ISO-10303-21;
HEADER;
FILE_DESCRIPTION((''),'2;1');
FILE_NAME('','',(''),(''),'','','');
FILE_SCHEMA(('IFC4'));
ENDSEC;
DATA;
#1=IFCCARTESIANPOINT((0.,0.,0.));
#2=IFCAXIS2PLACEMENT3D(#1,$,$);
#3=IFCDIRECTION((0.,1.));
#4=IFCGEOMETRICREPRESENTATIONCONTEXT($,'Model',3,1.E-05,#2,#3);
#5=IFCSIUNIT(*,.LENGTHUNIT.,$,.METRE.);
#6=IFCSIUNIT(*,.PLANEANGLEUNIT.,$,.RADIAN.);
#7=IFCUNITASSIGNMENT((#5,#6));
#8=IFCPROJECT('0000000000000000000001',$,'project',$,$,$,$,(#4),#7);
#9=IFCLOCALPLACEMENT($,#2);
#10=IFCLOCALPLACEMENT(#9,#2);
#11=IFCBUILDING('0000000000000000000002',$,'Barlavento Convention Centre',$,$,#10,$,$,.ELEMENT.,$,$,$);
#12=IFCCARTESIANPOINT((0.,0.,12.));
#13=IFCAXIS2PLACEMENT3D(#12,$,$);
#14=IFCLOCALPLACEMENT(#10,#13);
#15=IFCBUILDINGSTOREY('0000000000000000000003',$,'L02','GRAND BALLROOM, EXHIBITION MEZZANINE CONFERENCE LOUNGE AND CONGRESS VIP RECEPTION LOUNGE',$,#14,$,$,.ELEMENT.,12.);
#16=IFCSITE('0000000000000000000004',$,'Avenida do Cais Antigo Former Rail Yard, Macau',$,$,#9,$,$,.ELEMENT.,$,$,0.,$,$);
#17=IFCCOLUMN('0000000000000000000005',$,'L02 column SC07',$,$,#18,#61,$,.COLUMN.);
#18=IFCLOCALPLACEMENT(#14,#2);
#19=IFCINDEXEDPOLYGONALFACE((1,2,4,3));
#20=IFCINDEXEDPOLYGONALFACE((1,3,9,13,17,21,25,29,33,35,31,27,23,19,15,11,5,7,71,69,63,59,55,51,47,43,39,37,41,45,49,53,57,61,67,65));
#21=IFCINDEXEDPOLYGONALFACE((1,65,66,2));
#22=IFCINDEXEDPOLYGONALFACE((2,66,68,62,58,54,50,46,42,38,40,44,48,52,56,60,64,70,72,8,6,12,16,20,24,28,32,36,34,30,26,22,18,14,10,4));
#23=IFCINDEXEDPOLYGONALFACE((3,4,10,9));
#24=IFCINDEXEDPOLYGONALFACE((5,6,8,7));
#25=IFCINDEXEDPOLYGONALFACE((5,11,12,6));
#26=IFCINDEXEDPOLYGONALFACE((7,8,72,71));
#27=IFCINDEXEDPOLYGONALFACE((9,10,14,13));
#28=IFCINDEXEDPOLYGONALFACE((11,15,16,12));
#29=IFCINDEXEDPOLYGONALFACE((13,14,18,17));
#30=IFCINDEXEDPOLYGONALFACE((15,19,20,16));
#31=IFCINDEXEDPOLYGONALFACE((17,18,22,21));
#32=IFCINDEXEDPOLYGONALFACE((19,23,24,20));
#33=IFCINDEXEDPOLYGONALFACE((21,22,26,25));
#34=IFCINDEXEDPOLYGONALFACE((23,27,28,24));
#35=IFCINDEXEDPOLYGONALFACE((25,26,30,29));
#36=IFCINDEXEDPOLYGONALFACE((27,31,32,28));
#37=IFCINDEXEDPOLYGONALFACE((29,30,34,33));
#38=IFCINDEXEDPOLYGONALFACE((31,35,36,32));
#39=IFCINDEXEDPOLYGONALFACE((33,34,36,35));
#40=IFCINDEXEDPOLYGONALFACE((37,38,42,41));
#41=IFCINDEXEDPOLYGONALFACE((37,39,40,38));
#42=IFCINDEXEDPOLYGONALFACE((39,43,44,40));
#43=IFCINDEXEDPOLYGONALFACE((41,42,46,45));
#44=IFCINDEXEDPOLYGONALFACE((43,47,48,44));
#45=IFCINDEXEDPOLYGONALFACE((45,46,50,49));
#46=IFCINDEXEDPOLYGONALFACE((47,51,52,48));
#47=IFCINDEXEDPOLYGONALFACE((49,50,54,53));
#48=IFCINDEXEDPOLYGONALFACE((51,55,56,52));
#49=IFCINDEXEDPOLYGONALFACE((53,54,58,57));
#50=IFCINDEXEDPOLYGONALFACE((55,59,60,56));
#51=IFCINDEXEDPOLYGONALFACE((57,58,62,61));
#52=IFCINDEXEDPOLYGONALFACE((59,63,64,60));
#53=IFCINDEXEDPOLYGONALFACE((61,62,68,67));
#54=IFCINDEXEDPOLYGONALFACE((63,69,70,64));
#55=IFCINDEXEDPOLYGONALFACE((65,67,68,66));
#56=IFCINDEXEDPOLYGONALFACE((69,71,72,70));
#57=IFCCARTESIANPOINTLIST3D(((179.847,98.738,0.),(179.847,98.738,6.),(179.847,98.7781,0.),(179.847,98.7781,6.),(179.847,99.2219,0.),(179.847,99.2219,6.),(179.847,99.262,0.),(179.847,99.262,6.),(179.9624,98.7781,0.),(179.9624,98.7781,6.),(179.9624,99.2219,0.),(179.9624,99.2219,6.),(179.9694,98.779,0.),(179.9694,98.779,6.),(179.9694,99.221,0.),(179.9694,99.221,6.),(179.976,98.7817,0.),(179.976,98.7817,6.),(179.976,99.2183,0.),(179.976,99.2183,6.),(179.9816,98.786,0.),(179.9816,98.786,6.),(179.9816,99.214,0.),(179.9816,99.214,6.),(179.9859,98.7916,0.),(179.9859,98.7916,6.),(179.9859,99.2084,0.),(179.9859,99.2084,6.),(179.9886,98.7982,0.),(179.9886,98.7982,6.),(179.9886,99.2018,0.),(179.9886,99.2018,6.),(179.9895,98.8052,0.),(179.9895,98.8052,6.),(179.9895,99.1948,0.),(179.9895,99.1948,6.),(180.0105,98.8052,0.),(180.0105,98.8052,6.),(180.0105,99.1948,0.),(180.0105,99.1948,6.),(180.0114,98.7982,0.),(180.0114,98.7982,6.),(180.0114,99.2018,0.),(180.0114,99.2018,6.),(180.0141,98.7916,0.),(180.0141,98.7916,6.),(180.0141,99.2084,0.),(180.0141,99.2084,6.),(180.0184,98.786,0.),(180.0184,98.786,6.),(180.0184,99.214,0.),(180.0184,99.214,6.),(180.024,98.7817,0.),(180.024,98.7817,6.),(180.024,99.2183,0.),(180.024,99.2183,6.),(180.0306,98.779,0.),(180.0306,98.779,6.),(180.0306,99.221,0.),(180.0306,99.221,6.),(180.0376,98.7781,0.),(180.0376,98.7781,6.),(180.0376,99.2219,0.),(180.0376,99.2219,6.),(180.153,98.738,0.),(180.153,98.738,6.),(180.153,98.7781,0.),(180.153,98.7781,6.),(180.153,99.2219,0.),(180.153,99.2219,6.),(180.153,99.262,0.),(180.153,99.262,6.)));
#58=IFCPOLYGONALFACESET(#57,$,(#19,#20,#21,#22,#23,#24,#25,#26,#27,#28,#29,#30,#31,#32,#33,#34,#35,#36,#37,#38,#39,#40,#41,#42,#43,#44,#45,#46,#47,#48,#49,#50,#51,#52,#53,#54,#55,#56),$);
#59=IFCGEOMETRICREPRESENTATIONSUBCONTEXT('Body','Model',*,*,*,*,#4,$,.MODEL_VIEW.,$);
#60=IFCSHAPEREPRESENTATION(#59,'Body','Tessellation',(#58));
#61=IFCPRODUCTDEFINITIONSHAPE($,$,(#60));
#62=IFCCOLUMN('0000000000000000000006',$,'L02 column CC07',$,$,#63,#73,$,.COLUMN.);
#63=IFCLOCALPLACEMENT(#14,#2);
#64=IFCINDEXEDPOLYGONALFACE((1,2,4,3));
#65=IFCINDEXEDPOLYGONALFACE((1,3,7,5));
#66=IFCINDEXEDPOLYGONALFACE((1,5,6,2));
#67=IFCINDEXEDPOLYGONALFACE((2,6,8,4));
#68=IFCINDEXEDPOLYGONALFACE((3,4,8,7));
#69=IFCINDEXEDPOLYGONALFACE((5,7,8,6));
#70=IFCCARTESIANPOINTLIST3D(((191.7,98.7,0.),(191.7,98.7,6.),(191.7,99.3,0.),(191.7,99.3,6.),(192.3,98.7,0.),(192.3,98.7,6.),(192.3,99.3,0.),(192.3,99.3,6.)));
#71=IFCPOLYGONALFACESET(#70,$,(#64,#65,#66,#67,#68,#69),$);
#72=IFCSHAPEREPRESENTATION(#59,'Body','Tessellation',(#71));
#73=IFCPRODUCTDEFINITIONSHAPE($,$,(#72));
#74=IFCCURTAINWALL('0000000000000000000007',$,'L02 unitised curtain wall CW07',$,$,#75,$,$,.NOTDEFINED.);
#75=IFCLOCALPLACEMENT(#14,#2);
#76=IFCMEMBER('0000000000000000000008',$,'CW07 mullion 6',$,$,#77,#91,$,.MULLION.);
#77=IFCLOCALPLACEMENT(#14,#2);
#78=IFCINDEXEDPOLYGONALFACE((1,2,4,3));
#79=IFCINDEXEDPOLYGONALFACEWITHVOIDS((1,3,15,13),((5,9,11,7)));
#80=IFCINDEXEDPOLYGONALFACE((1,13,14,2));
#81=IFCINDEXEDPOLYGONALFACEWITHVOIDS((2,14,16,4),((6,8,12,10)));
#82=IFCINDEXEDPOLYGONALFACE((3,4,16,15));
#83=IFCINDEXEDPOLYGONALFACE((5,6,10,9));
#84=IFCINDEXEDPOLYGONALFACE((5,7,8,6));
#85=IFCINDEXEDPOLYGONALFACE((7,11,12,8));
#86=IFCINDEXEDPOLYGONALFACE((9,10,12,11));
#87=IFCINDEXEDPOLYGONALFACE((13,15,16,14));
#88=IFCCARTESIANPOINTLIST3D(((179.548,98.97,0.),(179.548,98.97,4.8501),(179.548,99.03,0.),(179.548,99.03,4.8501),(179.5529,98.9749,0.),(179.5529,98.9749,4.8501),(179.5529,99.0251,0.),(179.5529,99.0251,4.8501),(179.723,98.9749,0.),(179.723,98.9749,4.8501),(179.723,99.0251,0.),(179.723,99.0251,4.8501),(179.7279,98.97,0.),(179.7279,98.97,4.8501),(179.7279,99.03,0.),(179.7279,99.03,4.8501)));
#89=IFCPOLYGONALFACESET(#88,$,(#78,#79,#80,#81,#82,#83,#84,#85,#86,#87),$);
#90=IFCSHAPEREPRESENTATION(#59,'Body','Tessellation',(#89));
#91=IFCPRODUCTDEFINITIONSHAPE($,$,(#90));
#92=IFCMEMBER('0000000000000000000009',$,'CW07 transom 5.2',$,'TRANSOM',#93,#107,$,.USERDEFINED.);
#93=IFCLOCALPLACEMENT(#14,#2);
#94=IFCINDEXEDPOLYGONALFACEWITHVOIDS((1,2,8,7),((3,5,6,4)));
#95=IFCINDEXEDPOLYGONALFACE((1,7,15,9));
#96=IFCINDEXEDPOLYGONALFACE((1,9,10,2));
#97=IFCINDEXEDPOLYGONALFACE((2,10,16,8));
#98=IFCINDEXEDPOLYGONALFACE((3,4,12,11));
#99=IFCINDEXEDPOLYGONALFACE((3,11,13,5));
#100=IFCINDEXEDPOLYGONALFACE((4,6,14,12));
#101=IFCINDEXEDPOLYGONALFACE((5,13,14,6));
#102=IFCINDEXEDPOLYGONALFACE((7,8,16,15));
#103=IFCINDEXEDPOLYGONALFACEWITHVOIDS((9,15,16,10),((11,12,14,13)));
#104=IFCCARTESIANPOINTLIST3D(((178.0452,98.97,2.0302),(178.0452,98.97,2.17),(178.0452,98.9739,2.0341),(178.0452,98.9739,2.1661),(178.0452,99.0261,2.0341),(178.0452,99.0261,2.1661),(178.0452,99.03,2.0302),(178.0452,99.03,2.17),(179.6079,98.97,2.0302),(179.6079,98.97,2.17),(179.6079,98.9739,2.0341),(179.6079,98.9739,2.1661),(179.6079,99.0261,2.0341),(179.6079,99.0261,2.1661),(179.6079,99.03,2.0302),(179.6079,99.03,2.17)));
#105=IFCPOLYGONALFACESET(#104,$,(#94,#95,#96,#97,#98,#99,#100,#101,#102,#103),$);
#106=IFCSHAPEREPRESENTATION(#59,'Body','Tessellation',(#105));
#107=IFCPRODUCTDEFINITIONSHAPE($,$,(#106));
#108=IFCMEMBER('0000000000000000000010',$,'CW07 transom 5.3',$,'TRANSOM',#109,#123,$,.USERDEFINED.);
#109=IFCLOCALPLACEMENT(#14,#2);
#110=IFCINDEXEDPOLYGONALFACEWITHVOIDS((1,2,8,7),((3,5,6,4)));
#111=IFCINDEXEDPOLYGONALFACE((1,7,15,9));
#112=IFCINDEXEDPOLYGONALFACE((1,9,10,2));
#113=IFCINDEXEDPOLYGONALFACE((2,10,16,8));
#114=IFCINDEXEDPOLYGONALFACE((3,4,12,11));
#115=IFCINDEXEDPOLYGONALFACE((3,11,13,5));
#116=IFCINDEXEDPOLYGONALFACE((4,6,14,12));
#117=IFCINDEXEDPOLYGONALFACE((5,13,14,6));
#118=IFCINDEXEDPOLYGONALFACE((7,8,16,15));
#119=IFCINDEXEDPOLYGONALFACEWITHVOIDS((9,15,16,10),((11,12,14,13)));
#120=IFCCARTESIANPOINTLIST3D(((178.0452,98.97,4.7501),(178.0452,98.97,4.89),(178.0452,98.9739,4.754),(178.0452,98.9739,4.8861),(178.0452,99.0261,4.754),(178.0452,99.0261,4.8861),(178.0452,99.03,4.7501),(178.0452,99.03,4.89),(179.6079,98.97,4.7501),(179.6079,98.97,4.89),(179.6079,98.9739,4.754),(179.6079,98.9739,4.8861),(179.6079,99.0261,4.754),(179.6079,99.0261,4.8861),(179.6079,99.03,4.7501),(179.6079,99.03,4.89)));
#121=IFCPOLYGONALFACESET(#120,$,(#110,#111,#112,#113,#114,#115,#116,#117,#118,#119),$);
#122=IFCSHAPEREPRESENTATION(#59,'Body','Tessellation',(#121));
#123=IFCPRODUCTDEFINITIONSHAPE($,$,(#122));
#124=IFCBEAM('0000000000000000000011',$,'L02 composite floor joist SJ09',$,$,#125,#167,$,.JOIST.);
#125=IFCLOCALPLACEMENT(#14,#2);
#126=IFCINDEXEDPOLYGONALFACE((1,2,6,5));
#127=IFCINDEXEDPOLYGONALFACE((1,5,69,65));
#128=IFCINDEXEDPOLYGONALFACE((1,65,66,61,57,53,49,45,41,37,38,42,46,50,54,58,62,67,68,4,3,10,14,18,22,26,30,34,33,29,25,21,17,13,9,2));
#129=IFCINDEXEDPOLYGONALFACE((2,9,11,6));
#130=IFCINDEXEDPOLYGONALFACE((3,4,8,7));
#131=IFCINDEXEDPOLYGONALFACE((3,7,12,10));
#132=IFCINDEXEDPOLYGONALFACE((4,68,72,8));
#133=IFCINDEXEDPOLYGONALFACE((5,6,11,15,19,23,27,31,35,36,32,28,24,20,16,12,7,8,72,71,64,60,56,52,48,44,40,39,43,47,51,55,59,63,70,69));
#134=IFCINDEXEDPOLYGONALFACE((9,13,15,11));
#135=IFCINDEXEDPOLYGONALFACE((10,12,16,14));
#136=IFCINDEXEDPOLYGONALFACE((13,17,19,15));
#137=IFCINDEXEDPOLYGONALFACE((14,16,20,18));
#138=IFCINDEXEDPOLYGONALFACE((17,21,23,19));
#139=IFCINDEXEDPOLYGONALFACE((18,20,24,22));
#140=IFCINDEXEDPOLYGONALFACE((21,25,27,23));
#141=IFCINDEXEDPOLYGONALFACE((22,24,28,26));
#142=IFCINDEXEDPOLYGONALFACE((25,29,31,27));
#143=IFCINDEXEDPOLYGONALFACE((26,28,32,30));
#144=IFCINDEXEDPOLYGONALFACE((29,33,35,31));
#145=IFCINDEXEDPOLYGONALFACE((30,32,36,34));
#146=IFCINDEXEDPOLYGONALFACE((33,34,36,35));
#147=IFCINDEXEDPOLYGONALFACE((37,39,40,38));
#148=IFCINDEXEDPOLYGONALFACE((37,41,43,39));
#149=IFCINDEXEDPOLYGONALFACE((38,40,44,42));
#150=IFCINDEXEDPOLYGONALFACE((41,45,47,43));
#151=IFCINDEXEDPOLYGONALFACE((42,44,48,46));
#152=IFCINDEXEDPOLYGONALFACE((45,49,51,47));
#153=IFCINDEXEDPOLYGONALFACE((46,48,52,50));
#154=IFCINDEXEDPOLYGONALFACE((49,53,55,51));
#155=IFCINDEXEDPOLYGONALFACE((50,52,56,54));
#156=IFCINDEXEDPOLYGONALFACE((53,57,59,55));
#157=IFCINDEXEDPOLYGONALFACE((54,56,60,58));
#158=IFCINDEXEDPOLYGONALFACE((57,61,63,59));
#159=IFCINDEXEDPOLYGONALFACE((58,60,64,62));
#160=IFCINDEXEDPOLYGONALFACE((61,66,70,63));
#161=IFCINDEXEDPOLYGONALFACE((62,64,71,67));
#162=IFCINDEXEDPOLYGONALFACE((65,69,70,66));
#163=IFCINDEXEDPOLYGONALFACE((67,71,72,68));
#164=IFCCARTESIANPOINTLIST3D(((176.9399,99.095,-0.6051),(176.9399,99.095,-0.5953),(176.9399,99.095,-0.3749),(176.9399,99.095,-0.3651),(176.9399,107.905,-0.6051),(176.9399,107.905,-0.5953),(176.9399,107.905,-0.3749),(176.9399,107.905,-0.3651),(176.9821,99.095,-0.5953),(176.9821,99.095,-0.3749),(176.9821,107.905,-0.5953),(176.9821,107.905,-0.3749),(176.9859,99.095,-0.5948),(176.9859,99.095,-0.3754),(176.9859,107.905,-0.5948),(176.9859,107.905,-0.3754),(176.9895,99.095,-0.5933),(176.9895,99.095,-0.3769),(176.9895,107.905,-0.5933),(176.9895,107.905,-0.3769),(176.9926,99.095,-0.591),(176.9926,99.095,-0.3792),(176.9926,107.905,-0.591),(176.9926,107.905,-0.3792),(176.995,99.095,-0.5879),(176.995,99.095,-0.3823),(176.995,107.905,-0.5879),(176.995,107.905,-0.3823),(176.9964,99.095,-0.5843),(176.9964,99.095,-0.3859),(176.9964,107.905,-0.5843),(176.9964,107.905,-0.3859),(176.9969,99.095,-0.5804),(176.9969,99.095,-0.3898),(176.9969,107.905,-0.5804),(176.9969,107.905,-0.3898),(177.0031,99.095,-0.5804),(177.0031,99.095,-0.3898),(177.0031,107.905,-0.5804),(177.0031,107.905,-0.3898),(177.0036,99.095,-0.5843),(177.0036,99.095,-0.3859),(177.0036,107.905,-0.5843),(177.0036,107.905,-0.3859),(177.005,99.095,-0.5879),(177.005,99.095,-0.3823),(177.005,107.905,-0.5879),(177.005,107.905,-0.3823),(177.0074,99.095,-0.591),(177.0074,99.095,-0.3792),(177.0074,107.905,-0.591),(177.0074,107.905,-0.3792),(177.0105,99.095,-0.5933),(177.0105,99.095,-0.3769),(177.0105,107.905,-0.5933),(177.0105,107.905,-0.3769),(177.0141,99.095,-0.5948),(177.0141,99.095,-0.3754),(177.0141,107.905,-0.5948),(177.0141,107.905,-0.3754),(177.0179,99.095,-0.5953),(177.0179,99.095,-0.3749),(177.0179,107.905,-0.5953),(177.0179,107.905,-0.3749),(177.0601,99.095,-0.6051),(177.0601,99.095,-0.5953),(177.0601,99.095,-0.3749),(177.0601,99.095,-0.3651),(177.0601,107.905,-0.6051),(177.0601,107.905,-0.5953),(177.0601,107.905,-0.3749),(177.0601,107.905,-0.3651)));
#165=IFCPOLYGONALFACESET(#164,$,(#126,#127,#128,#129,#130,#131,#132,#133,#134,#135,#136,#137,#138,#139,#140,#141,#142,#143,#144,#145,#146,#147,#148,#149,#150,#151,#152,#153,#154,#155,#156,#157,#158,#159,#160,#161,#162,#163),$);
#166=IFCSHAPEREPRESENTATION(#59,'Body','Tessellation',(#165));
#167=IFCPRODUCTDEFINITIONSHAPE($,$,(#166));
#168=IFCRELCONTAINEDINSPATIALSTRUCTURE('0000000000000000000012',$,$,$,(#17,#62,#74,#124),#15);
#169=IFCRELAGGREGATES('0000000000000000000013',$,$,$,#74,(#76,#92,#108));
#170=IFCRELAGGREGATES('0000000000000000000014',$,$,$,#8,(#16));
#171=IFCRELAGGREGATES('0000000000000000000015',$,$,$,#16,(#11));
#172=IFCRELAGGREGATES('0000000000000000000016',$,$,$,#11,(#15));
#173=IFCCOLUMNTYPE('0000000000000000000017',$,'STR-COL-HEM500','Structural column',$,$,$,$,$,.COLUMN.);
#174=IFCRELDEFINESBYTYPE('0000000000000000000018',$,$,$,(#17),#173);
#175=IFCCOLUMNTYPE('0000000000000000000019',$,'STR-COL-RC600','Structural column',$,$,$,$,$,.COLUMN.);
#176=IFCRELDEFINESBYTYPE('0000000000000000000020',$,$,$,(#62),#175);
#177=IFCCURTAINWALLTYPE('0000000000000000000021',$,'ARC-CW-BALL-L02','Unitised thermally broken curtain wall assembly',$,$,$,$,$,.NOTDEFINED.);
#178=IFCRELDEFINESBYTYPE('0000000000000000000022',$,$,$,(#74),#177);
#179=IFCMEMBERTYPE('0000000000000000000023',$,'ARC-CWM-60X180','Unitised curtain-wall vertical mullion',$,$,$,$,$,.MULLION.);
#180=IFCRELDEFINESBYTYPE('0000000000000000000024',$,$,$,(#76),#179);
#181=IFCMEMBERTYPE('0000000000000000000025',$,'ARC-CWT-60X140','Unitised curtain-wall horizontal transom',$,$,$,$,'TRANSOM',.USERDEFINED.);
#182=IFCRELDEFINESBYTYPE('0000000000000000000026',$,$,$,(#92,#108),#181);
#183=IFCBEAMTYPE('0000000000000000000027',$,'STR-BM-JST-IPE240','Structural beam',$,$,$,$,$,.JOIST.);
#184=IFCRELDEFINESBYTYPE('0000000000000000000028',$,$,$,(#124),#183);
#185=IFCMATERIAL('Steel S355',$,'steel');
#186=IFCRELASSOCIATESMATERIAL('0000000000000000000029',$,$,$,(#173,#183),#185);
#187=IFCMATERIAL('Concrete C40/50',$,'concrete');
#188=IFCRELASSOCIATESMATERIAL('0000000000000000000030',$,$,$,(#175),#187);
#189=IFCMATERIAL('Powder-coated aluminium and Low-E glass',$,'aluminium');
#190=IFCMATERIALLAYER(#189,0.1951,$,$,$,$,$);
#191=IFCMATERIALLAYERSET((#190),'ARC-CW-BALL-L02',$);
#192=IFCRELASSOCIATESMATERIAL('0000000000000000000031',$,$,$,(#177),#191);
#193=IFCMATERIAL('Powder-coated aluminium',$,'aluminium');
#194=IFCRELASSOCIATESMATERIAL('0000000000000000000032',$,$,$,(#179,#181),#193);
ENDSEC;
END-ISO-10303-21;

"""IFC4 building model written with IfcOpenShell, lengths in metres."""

from ifc_helpers import new_model, si_unit, direction, frame, origin, origin_2d, place, context, subcontext, project, spatial, rectangle, hollow_rectangle, i_section, extrude, material, layer, layer_set, material_profile, profile_set, type_object, element, aggregate, save


model = new_model("IFC4")

# Units and contexts
model_context = context("Model", 3, precision=1e-05, world=origin(), true_north=direction((0.0, 1.0)))
body_context = subcontext(model_context, "Body", "Model", "MODEL_VIEW")
ifc_project = project(units=[si_unit("LENGTHUNIT", "METRE"), si_unit("PLANEANGLEUNIT", "RADIAN")], contexts=[model_context])

# Site, building, storey
site_placement = place(None, origin())
site = spatial("IfcSite", under=ifc_project, at=site_placement, Name="Avenida do Cais Antigo Former Rail Yard, Macau", CompositionType="ELEMENT", RefElevation=0.0)
building_placement = place(site_placement, origin())
building = spatial("IfcBuilding", under=site, at=building_placement, Name="Barlavento Convention Centre", CompositionType="ELEMENT")
storey_placement = place(building_placement, frame((0.0, 0.0, 12.0)))
storey = spatial("IfcBuildingStorey", under=building, at=storey_placement, Name="L02", Description="GRAND BALLROOM, EXHIBITION MEZZANINE CONFERENCE LOUNGE AND CONGRESS VIP RECEPTION LOUNGE", CompositionType="ELEMENT", Elevation=12.0)

# Columns
ifc_material_1 = material(Name="Steel S355", Category="steel")
ifc_material_profile_1 = material_profile(ifc_material_1, i_section(OverallWidth=0.3059, OverallDepth=0.5239, WebThickness=0.021, FlangeThickness=0.04, FilletRadius=0.0271, at=origin_2d()), Name="HEM 500")
ifc_profile_set_1 = profile_set([ifc_material_profile_1], Name="Steel S355")
column_type_1 = type_object("IfcColumnType", Name="STR-COL-HEM500", Description="Structural column", PredefinedType="COLUMN", material=ifc_profile_set_1)
column_1_placement = place(storey_placement, frame((180.0, 99.0, 0.0), z_axis=(0.0, 0.0, 1.0), x_axis=(1.0, 0.0, 0.0)))
element("IfcColumn", 1, at=column_1_placement, inside=storey, type_object=column_type_1, Name="L02 column SC07", PredefinedType="COLUMN", context=body_context, shape_type="SweptSolid", body=[
    extrude(i_section(OverallWidth=0.3059, OverallDepth=0.5239, WebThickness=0.021, FlangeThickness=0.04, FilletRadius=0.0271, at=origin_2d()), origin(), (0.0, 0.0, 1.0), 6.0),
])
ifc_material_2 = material(Name="Concrete C40/50", Category="concrete")
ifc_material_profile_2 = material_profile(ifc_material_2, rectangle(XDim=0.6001, YDim=0.6001, at=origin_2d()), Name="RC 600x600")
ifc_profile_set_2 = profile_set([ifc_material_profile_2], Name="Concrete C40/50")
column_type_2 = type_object("IfcColumnType", Name="STR-COL-RC600", Description="Structural column", PredefinedType="COLUMN", material=ifc_profile_set_2)
column_2_placement = place(storey_placement, frame((192.0, 99.0, 0.0), z_axis=(0.0, 0.0, 1.0), x_axis=(1.0, 0.0, 0.0)))
element("IfcColumn", 2, at=column_2_placement, inside=storey, type_object=column_type_2, Name="L02 column CC07", PredefinedType="COLUMN", context=body_context, shape_type="SweptSolid", body=[
    extrude(rectangle(XDim=0.6001, YDim=0.6001, at=origin_2d()), origin(), (0.0, 0.0, 1.0), 6.0),
])

# Curtain wall, members
ifc_material_3 = material(Name="Powder-coated aluminium and Low-E glass", Category="aluminium")
ifc_layer_1 = layer(ifc_material_3, 0.1951)
ifc_layer_set_1 = layer_set([ifc_layer_1], Name="ARC-CW-BALL-L02")
curtain_wall_type = type_object("IfcCurtainWallType", Name="ARC-CW-BALL-L02", Description="Unitised thermally broken curtain wall assembly", PredefinedType="NOTDEFINED", material=ifc_layer_set_1)
curtain_wall_placement = place(storey_placement, origin())
curtain_wall = element("IfcCurtainWall", 3, at=curtain_wall_placement, inside=storey, type_object=curtain_wall_type, Name="L02 unitised curtain wall CW07", PredefinedType="NOTDEFINED")
ifc_material_4 = material(Name="Powder-coated aluminium", Category="aluminium")
ifc_material_profile_3 = material_profile(ifc_material_4, hollow_rectangle(XDim=0.0601, YDim=0.1799, WallThickness=0.0049, at=origin_2d()), Name="AL-MULL 60x180x5")
ifc_profile_set_3 = profile_set([ifc_material_profile_3], Name="Powder-coated aluminium")
member_type_1 = type_object("IfcMemberType", Name="ARC-CWM-60X180", Description="Unitised curtain-wall vertical mullion", PredefinedType="MULLION", material=ifc_profile_set_3)
member_1_placement = place(storey_placement, frame((179.6379, 99.0, 0.0), z_axis=(0.0, 0.0, 1.0), x_axis=(0.0, 1.0, 0.0)))
member_1 = element("IfcMember", 4, at=member_1_placement, type_object=member_type_1, Name="CW07 mullion 6", PredefinedType="MULLION", context=body_context, shape_type="SweptSolid", body=[
    extrude(hollow_rectangle(XDim=0.0601, YDim=0.1799, WallThickness=0.0049, at=origin_2d()), origin(), (0.0, 0.0, 1.0), 4.8501),
])
ifc_material_profile_4 = material_profile(ifc_material_4, hollow_rectangle(XDim=0.0601, YDim=0.1399, WallThickness=0.0039, at=origin_2d()), Name="AL-TRAN 60x140x4")
ifc_profile_set_4 = profile_set([ifc_material_profile_4], Name="Powder-coated aluminium")
member_type_2 = type_object("IfcMemberType", Name="ARC-CWT-60X140", Description="Unitised curtain-wall horizontal transom", ElementType="TRANSOM", PredefinedType="USERDEFINED", material=ifc_profile_set_4)
member_2_placement = place(storey_placement, frame((178.0452, 99.0, 2.1001), z_axis=(1.0, 0.0, 0.0), x_axis=(0.0, 1.0, 0.0)))
member_2 = element("IfcMember", 5, at=member_2_placement, type_object=member_type_2, Name="CW07 transom 5.2", ObjectType="TRANSOM", PredefinedType="USERDEFINED", context=body_context, shape_type="SweptSolid", body=[
    extrude(hollow_rectangle(XDim=0.0601, YDim=0.1399, WallThickness=0.0039, at=origin_2d()), origin(), (0.0, 0.0, 1.0), 1.5627),
])
member_3_placement = place(storey_placement, frame((178.0452, 99.0, 4.8201), z_axis=(1.0, 0.0, 0.0), x_axis=(0.0, 1.0, 0.0)))
member_3 = element("IfcMember", 6, at=member_3_placement, type_object=member_type_2, Name="CW07 transom 5.3", ObjectType="TRANSOM", PredefinedType="USERDEFINED", context=body_context, shape_type="SweptSolid", body=[
    extrude(hollow_rectangle(XDim=0.0601, YDim=0.1399, WallThickness=0.0039, at=origin_2d()), origin(), (0.0, 0.0, 1.0), 1.5627),
])

# Beam
ifc_material_profile_5 = material_profile(ifc_material_1, i_section(OverallWidth=0.1201, OverallDepth=0.24, WebThickness=0.0061, FlangeThickness=0.0098, FilletRadius=0.0149, at=origin_2d()), Name="IPE 240")
ifc_profile_set_5 = profile_set([ifc_material_profile_5], Name="Steel S355")
beam_type_1 = type_object("IfcBeamType", Name="STR-BM-JST-IPE240", Description="Structural beam", PredefinedType="JOIST", material=ifc_profile_set_5)
beam_1_placement = place(storey_placement, frame((177.0, 99.095, -0.4851), z_axis=(0.0, 1.0, 0.0), x_axis=(-1.0, 0.0, 0.0)))
element("IfcBeam", 7, at=beam_1_placement, inside=storey, type_object=beam_type_1, Name="L02 composite floor joist SJ09", PredefinedType="JOIST", context=body_context, shape_type="SweptSolid", body=[
    extrude(i_section(OverallWidth=0.1201, OverallDepth=0.24, WebThickness=0.0061, FlangeThickness=0.0098, FilletRadius=0.0149, at=origin_2d()), origin(), (0.0, 0.0, 1.0), 8.8101),
])

aggregate(curtain_wall, [member_1, member_2, member_3])

save(model, "model.ifc")
